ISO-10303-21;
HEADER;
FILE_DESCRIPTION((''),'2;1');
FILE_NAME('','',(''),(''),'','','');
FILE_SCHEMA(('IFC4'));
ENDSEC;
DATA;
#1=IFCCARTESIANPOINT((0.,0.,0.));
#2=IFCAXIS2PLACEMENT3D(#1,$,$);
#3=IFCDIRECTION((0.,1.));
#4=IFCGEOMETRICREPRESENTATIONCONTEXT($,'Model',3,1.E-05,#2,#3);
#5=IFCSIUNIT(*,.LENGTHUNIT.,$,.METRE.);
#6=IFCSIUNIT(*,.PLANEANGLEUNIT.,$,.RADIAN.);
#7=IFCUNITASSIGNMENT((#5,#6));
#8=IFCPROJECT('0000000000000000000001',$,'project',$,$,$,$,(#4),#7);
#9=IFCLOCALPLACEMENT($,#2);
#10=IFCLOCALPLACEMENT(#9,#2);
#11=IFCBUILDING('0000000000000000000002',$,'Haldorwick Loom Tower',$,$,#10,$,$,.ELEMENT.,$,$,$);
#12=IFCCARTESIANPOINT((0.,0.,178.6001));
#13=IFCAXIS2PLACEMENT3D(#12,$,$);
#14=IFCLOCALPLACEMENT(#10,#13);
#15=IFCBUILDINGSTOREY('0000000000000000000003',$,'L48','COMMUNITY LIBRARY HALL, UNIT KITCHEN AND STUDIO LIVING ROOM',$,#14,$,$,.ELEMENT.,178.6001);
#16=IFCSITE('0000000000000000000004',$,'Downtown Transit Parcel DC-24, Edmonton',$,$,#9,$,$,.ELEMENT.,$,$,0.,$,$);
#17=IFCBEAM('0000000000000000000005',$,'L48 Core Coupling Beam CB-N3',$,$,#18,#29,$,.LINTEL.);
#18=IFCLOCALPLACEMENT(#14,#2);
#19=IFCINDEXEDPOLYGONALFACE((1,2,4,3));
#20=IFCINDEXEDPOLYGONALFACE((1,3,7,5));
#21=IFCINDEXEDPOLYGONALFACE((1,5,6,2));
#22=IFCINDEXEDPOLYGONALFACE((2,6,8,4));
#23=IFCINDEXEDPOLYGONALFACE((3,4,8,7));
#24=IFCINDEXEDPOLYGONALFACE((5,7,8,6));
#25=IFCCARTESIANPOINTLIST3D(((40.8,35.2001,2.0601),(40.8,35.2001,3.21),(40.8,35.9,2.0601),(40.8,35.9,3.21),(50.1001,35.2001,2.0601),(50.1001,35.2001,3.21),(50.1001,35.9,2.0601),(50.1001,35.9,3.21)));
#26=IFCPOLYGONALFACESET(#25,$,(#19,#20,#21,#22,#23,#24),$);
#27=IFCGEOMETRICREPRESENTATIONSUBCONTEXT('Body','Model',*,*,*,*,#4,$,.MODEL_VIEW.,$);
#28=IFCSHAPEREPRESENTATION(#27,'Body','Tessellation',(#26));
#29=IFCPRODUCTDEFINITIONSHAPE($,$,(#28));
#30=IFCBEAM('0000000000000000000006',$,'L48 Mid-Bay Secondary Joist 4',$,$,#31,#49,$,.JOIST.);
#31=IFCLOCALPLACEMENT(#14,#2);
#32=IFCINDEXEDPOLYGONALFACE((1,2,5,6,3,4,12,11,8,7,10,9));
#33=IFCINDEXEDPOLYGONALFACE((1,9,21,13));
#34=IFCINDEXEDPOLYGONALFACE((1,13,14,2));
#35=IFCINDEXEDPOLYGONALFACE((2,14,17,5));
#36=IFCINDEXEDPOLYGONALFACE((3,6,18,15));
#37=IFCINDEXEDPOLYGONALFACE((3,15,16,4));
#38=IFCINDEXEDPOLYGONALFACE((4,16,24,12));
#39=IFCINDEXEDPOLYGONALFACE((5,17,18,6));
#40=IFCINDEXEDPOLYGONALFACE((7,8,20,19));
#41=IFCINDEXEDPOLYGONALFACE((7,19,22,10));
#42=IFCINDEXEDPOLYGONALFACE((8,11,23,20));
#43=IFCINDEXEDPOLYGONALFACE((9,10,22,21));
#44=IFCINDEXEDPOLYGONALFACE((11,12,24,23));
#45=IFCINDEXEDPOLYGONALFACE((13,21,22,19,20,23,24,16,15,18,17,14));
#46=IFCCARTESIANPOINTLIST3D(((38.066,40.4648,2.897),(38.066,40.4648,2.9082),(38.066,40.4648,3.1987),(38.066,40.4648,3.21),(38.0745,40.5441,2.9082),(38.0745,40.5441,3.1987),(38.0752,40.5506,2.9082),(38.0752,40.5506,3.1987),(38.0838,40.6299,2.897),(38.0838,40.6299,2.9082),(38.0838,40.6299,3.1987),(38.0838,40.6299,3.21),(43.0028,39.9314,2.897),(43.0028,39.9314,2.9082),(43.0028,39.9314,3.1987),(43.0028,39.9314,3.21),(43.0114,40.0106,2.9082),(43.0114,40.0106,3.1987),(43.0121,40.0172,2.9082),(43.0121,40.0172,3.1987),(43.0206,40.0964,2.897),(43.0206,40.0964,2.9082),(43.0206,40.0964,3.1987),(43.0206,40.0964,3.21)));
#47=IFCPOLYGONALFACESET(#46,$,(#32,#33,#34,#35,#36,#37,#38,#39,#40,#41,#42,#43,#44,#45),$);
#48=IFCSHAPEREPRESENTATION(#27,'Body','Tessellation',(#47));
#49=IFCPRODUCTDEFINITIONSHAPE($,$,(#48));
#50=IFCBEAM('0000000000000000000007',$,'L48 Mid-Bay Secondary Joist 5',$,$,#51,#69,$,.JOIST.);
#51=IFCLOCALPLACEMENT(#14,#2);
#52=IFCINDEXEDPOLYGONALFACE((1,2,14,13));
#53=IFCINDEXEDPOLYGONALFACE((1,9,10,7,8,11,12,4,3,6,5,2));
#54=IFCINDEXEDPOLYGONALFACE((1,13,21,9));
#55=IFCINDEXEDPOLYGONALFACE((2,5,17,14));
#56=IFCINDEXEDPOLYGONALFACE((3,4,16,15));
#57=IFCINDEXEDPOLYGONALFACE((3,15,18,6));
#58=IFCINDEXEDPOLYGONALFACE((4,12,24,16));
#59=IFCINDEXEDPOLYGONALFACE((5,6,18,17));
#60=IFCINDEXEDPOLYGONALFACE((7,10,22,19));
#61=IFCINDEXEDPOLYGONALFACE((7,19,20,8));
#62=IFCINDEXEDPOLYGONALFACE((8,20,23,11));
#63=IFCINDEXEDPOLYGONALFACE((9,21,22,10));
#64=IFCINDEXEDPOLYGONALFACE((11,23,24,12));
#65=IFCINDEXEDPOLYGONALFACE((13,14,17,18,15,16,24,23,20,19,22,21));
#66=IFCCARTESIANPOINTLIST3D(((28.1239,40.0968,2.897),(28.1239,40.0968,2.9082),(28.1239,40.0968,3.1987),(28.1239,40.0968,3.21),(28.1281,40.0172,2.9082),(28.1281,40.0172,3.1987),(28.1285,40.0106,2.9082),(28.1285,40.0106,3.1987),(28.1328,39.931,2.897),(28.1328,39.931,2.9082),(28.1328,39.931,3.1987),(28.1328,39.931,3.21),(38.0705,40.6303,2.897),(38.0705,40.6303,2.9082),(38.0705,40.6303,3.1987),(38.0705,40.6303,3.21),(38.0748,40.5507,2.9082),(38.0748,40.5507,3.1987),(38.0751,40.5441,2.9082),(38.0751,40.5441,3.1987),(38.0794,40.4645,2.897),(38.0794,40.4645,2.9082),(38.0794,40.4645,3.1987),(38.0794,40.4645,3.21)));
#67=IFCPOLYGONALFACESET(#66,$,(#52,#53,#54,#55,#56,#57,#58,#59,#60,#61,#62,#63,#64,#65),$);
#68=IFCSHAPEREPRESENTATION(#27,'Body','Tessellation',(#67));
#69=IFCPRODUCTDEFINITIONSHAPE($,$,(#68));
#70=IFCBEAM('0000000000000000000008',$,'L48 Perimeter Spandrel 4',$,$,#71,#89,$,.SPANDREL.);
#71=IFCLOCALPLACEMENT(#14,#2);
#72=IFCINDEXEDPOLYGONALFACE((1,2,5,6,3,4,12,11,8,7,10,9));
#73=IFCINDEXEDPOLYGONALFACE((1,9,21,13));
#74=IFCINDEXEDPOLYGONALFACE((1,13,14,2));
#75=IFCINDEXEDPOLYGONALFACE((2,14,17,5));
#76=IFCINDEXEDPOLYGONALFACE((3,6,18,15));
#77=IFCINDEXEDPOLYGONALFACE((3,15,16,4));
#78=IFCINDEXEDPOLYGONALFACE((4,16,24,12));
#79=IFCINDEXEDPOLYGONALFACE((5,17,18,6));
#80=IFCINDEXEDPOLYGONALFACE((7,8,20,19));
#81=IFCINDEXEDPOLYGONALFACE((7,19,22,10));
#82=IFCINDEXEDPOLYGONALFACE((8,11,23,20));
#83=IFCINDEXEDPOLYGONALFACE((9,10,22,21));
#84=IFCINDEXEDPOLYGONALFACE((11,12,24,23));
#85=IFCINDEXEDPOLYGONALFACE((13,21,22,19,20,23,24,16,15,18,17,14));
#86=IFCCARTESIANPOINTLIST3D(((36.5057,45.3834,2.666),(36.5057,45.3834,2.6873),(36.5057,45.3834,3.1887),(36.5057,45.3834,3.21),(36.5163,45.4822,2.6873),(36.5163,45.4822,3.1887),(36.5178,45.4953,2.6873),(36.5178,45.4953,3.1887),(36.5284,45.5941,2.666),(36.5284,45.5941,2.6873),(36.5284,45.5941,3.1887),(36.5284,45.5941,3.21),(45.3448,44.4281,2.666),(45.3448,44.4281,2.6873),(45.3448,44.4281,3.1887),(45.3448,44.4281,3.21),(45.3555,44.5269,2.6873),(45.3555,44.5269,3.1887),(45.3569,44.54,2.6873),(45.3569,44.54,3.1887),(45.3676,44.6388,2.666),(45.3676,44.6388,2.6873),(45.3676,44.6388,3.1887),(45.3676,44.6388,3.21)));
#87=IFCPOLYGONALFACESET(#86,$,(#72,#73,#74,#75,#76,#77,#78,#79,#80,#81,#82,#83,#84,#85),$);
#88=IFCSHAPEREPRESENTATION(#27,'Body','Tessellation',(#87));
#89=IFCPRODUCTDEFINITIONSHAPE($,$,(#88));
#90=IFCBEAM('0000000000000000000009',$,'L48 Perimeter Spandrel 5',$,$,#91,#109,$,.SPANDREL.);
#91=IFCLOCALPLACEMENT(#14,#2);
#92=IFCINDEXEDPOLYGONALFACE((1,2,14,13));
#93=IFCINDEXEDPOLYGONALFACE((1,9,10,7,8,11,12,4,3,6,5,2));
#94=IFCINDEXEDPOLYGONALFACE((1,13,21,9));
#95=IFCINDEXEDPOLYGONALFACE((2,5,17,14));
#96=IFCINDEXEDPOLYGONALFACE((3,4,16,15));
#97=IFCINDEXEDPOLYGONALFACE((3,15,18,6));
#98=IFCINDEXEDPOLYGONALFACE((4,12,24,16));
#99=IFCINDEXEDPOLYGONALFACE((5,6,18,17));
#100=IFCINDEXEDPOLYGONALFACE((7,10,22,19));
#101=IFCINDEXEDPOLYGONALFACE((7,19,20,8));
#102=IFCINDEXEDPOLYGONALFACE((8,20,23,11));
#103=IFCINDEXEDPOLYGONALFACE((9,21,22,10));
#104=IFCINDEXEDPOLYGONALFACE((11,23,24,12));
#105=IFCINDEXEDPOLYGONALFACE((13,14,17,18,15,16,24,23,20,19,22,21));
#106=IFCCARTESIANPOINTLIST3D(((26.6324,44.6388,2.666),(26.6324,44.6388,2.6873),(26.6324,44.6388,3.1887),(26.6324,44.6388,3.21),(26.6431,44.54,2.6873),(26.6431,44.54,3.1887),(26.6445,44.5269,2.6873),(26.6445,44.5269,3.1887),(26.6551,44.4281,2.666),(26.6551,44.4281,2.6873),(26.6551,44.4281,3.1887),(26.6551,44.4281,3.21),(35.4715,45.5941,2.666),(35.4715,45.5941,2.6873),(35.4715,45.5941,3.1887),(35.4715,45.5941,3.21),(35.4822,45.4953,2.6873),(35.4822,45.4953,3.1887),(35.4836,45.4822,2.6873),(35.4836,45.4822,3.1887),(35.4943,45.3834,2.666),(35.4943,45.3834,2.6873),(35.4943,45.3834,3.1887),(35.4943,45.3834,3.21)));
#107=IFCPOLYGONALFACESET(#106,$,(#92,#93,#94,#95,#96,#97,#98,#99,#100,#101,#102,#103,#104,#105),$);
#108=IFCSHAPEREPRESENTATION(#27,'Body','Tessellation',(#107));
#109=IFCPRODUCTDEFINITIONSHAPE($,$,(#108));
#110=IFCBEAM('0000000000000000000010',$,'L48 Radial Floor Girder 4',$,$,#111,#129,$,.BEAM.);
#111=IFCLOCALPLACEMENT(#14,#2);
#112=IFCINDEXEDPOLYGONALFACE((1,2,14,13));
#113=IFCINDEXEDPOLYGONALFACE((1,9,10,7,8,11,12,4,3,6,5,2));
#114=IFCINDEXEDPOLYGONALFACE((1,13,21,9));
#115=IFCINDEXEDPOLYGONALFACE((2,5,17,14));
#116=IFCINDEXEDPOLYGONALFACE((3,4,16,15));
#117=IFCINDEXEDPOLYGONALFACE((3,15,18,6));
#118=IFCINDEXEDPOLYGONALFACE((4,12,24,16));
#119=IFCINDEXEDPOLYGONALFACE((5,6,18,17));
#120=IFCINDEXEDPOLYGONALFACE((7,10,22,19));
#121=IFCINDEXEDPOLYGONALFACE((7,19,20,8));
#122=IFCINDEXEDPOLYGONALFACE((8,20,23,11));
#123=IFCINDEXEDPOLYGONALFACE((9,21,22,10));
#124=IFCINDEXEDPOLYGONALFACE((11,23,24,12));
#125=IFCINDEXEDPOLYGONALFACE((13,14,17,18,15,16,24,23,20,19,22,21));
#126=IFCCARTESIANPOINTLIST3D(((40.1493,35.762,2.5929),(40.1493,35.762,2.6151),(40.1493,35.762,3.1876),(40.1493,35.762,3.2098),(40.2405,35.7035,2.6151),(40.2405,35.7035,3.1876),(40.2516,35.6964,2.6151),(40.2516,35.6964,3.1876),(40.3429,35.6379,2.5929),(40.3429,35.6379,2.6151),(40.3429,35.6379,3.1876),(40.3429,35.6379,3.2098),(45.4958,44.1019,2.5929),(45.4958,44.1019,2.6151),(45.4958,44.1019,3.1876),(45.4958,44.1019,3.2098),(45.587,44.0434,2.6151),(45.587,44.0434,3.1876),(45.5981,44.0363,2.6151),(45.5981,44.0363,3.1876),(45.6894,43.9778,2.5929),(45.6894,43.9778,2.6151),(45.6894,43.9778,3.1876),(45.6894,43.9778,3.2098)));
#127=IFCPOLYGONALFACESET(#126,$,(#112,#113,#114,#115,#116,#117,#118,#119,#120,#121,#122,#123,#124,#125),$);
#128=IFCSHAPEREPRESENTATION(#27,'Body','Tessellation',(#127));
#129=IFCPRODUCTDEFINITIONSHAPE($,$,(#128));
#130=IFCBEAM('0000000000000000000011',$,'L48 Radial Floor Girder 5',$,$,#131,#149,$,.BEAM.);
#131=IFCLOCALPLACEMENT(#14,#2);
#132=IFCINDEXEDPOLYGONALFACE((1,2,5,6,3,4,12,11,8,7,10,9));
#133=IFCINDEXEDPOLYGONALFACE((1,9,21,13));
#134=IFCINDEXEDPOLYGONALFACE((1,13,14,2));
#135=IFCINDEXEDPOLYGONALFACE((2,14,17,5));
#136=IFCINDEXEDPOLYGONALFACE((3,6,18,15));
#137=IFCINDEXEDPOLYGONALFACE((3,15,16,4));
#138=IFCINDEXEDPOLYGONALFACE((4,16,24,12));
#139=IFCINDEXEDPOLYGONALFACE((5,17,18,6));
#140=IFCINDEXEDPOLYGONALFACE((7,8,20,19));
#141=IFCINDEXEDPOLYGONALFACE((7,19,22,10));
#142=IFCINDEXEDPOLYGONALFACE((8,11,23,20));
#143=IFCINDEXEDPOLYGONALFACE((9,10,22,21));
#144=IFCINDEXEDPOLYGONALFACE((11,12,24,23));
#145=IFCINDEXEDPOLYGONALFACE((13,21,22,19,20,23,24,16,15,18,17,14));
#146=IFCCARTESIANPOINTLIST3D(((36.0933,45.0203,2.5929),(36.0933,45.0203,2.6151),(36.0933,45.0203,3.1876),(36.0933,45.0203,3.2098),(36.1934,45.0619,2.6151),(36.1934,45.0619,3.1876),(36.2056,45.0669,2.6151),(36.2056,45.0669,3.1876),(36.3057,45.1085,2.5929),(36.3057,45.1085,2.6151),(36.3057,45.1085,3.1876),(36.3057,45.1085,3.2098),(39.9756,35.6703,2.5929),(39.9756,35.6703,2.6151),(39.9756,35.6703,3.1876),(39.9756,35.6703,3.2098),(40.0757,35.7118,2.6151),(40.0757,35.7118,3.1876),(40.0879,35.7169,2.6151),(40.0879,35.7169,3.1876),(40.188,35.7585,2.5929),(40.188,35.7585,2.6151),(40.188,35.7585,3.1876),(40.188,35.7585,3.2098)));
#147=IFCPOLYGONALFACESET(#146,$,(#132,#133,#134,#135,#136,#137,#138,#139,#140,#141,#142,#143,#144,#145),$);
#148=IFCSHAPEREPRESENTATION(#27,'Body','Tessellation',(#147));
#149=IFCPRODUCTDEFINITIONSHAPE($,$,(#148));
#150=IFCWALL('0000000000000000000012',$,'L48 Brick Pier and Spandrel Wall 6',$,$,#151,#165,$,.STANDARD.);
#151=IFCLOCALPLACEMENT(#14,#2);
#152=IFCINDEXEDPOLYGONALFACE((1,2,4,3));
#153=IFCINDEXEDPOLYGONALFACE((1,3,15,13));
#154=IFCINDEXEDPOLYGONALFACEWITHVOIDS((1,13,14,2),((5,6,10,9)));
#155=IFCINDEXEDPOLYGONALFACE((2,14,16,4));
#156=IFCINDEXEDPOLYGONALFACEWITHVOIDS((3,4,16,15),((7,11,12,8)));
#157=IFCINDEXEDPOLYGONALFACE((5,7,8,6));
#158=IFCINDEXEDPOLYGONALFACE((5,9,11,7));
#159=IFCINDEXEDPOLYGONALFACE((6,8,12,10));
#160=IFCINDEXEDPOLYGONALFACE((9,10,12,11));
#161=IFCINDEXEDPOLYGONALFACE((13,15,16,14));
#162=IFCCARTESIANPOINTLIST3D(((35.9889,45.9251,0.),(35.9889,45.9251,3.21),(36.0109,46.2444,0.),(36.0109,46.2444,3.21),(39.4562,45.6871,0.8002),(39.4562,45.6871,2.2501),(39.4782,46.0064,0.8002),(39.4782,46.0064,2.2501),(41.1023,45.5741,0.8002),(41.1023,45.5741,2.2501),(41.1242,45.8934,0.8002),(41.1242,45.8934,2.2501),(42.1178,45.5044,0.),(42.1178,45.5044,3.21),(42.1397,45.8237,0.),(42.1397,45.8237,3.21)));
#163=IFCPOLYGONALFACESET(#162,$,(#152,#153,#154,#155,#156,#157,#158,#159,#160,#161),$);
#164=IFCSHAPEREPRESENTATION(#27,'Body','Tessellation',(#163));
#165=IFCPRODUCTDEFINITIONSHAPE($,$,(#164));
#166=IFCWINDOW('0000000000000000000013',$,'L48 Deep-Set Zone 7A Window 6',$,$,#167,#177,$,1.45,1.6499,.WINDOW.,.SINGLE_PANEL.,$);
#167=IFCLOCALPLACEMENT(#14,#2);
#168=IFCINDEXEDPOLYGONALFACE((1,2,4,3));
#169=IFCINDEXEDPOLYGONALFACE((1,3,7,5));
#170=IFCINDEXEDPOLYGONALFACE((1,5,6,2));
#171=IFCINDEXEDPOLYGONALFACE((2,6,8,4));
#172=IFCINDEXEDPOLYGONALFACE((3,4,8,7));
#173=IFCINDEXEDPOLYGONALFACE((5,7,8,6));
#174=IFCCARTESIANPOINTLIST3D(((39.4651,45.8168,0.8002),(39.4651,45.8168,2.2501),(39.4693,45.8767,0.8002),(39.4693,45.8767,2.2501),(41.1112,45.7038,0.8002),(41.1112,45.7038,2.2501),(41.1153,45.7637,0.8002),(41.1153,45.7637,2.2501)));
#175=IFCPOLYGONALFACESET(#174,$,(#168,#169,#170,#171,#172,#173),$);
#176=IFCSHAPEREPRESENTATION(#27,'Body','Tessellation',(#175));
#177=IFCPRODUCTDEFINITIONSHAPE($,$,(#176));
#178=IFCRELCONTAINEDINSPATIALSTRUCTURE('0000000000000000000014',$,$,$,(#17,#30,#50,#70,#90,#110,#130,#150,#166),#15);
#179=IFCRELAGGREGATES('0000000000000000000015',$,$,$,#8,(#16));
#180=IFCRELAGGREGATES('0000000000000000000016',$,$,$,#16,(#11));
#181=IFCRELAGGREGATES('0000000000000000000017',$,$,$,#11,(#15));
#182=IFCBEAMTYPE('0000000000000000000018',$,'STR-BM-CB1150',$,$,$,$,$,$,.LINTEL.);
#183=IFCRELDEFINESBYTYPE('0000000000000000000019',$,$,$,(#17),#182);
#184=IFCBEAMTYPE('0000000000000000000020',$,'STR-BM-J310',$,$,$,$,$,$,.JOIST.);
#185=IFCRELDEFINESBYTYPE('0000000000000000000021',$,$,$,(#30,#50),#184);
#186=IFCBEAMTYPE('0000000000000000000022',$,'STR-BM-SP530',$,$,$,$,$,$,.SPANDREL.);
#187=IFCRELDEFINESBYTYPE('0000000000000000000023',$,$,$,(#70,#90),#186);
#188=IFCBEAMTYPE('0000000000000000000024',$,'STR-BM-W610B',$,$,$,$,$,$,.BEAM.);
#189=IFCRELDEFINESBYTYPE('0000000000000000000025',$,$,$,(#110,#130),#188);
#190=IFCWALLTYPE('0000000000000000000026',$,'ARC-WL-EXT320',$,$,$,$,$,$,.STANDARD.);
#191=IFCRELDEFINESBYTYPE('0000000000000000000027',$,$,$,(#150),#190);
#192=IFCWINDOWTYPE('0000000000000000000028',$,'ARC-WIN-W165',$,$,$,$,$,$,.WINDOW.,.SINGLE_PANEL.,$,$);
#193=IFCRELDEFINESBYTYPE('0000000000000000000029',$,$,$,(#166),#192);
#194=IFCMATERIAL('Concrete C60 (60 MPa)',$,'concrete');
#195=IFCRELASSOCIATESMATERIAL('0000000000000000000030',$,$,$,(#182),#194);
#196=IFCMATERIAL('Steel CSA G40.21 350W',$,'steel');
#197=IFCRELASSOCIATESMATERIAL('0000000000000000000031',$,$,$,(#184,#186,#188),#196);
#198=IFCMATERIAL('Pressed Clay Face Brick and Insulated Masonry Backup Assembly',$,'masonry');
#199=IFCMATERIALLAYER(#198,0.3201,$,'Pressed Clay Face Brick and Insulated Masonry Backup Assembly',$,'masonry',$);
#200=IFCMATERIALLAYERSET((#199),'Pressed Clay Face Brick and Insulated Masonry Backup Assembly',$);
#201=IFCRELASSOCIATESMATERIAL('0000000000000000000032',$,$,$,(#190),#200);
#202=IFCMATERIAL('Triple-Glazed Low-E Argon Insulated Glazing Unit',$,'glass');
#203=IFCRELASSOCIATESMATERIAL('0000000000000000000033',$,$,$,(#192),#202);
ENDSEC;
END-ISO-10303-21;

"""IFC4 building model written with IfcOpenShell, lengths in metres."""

from ifc_helpers import new_model, si_unit, direction, frame, frame_2d, origin, origin_2d, place, context, subcontext, project, spatial, rectangle, i_section, extrude, material, layer, layer_set, material_profile, profile_set, type_object, element, fill, save


model = new_model("IFC4")

# Units and contexts
model_context = context("Model", 3, precision=1e-05, world=origin(), true_north=direction((0.0, 1.0)))
body_context = subcontext(model_context, "Body", "Model", "MODEL_VIEW")
ifc_project = project(units=[si_unit("LENGTHUNIT", "METRE"), si_unit("PLANEANGLEUNIT", "RADIAN")], contexts=[model_context])

# Site, building, storey
site_placement = place(None, origin())
site = spatial("IfcSite", under=ifc_project, at=site_placement, Name="Downtown Transit Parcel DC-24, Edmonton", CompositionType="ELEMENT", RefElevation=0.0)
building_placement = place(site_placement, origin())
building = spatial("IfcBuilding", under=site, at=building_placement, Name="Haldorwick Loom Tower", CompositionType="ELEMENT")
storey_placement = place(building_placement, frame((0.0, 0.0, 178.6001)))
storey = spatial("IfcBuildingStorey", under=building, at=storey_placement, Name="L48", Description="COMMUNITY LIBRARY HALL, UNIT KITCHEN AND STUDIO LIVING ROOM", CompositionType="ELEMENT", Elevation=178.6001)

# Shared definitions
ifc_material_1 = material(Name="Concrete C60 (60 MPa)", Category="concrete")
ifc_material_2 = material(Name="Steel CSA G40.21 350W", Category="steel")

# Beams
ifc_material_profile_1 = material_profile(ifc_material_1, rectangle(XDim=0.7, YDim=1.1499, at=origin_2d()), Name="RC700X1150", Category="concrete")
ifc_profile_set_1 = profile_set([ifc_material_profile_1], Name="Concrete C60 (60 MPa)")
beam_type_1 = type_object("IfcBeamType", Name="STR-BM-CB1150", PredefinedType="LINTEL", material=ifc_profile_set_1)
beam_1_placement = place(storey_placement, frame((40.8, 35.55, 2.635), z_axis=(1.0, 0.0, 0.0), x_axis=(0.0, 1.0, 0.0)))
element("IfcBeam", 1, at=beam_1_placement, inside=storey, type_object=beam_type_1, Name="L48 Core Coupling Beam CB-N3", PredefinedType="LINTEL", context=body_context, shape_type="SweptSolid", body=[
    extrude(rectangle(XDim=0.7, YDim=1.1499, at=origin_2d()), origin(), (0.0, 0.0, 1.0), 9.3),
])
ifc_material_profile_2 = material_profile(ifc_material_2, i_section(OverallWidth=0.166, OverallDepth=0.313, WebThickness=0.0066, FlangeThickness=0.0112, at=origin_2d()), Name="W310X45", Category="steel")
ifc_profile_set_2 = profile_set([ifc_material_profile_2], Name="Steel CSA G40.21 350W")
beam_type_2 = type_object("IfcBeamType", Name="STR-BM-J310", PredefinedType="JOIST", material=ifc_profile_set_2)
beam_2_placement = place(storey_placement, frame((43.0117, 40.0139, 3.0535), z_axis=(-0.994213, 0.107431, 0.0), x_axis=(-0.107431, -0.994213, 0.0)))
element("IfcBeam", 2, at=beam_2_placement, inside=storey, type_object=beam_type_2, Name="L48 Mid-Bay Secondary Joist 4", PredefinedType="JOIST", context=body_context, shape_type="SweptSolid", body=[
    extrude(i_section(OverallWidth=0.166, OverallDepth=0.313, WebThickness=0.0066, FlangeThickness=0.0112, at=origin_2d()), origin(), (0.0, 0.0, 1.0), 4.9656),
])
beam_3_placement = place(storey_placement, frame((38.075, 40.5474, 3.0535), z_axis=(-0.998565, -0.053555, 0.0), x_axis=(0.053555, -0.998565, 0.0)))
element("IfcBeam", 3, at=beam_3_placement, inside=storey, type_object=beam_type_2, Name="L48 Mid-Bay Secondary Joist 5", PredefinedType="JOIST", context=body_context, shape_type="SweptSolid", body=[
    extrude(i_section(OverallWidth=0.166, OverallDepth=0.313, WebThickness=0.0066, FlangeThickness=0.0112, at=origin_2d()), origin(), (0.0, 0.0, 1.0), 9.9609),
])
ifc_material_profile_3 = material_profile(ifc_material_2, i_section(OverallWidth=0.2119, OverallDepth=0.5439, WebThickness=0.0132, FlangeThickness=0.0212, at=origin_2d()), Name="W530X123", Category="steel")
ifc_profile_set_3 = profile_set([ifc_material_profile_3], Name="Steel CSA G40.21 350W")
beam_type_3 = type_object("IfcBeamType", Name="STR-BM-SP530", PredefinedType="SPANDREL", material=ifc_profile_set_3)
for number, where, z_axis, x_axis, name in (
    (4, (45.3562, 44.5334, 2.938), (-0.99421, 0.107453, 0.0), (-0.107453, -0.99421, 0.0), "L48 Perimeter Spandrel 4"),
    (5, (35.4829, 45.4888, 2.938), (-0.99421, -0.107453, 0.0), (0.107453, -0.99421, 0.0), "L48 Perimeter Spandrel 5"),
):
    element("IfcBeam", number, at=place(storey_placement, frame(where, z_axis=z_axis, x_axis=x_axis)), inside=storey, type_object=beam_type_3, Name=name, PredefinedType="SPANDREL", context=body_context, shape_type="SweptSolid", body=[
        extrude(i_section(OverallWidth=0.2119, OverallDepth=0.5439, WebThickness=0.0132, FlangeThickness=0.0212, at=origin_2d()), origin(), (0.0, 0.0, 1.0), 8.8906),
    ])
ifc_material_profile_4 = material_profile(ifc_material_2, i_section(OverallWidth=0.23, OverallDepth=0.6169, WebThickness=0.0132, FlangeThickness=0.0222, at=origin_2d()), Name="W610X140", Category="steel")
ifc_profile_set_4 = profile_set([ifc_material_profile_4], Name="Steel CSA G40.21 350W")
beam_type_4 = type_object("IfcBeamType", Name="STR-BM-W610B", PredefinedType="BEAM", material=ifc_profile_set_4)
beam_4_placement = place(storey_placement, frame((40.2461, 35.7, 2.9014), z_axis=(0.539693, 0.841862, 0.0), x_axis=(-0.841862, 0.539693, 0.0)))
element("IfcBeam", 6, at=beam_4_placement, inside=storey, type_object=beam_type_4, Name="L48 Radial Floor Girder 4", PredefinedType="BEAM", context=body_context, shape_type="SweptSolid", body=[
    extrude(i_section(OverallWidth=0.23, OverallDepth=0.6169, WebThickness=0.0132, FlangeThickness=0.0222, at=origin_2d()), origin(), (0.0, 0.0, 1.0), 9.9065),
])
beam_5_placement = place(storey_placement, frame((40.0818, 35.7144, 2.9014), z_axis=(-0.383475, 0.923551, 0.0), x_axis=(-0.923551, -0.383475, 0.0)))
element("IfcBeam", 7, at=beam_5_placement, inside=storey, type_object=beam_type_4, Name="L48 Radial Floor Girder 5", PredefinedType="BEAM", context=body_context, shape_type="SweptSolid", body=[
    extrude(i_section(OverallWidth=0.23, OverallDepth=0.6169, WebThickness=0.0132, FlangeThickness=0.0222, at=origin_2d()), origin(), (0.0, 0.0, 1.0), 10.124),
])

# Wall, opening, window
ifc_material_3 = material(Name="Pressed Clay Face Brick and Insulated Masonry Backup Assembly", Category="masonry")
ifc_layer_1 = layer(ifc_material_3, 0.3201, Name="Pressed Clay Face Brick and Insulated Masonry Backup Assembly", Category="masonry")
ifc_layer_set_1 = layer_set([ifc_layer_1], Name="Pressed Clay Face Brick and Insulated Masonry Backup Assembly")
wall_type_1 = type_object("IfcWallType", Name="ARC-WL-EXT320", PredefinedType="STANDARD", material=ifc_layer_set_1)
wall_1_placement = place(storey_placement, frame((42.1289, 45.6641, 0.0), z_axis=(0.0, 0.0, 1.0), x_axis=(-0.997653, 0.068473, 0.0)))
wall_1 = element("IfcWall", 8, at=wall_1_placement, inside=storey, type_object=wall_type_1, Name="L48 Brick Pier and Spandrel Wall 6", PredefinedType="STANDARD", context=body_context, shape_type="SweptSolid", body=[
    extrude(rectangle(XDim=6.1433, YDim=0.3201, at=frame_2d((3.0718, 0.0))), origin(), (0.0, 0.0, 1.0), 3.21),
])
opening_1_placement = place(wall_1_placement, frame((1.0181, 0.0, 0.8)))
opening_1 = element("IfcOpeningElement", 9, at=opening_1_placement, cuts=wall_1, PredefinedType="OPENING", context=body_context, shape_type="SweptSolid", body=[
    extrude(rectangle(XDim=1.6499, YDim=1.45, at=frame_2d((0.825, 0.7251))), frame((0.0, 0.1699, 0.0), z_axis=(0.0, -1.0, 0.0), x_axis=(1.0, 0.0, 0.0)), (0.0, 0.0, 1.0), 0.3401),
])
ifc_material_4 = material(Name="Triple-Glazed Low-E Argon Insulated Glazing Unit", Category="glass")
window_type = type_object("IfcWindowType", Name="ARC-WIN-W165", PartitioningType="SINGLE_PANEL", PredefinedType="WINDOW", material=ifc_material_4)
window_1_placement = place(opening_1_placement, origin())
window_1 = element("IfcWindow", 10, at=window_1_placement, inside=storey, type_object=window_type, Name="L48 Deep-Set Zone 7A Window 6", OverallHeight=1.45, OverallWidth=1.6499, PartitioningType="SINGLE_PANEL", PredefinedType="WINDOW", context=body_context, shape_type="SweptSolid", body=[
    extrude(rectangle(XDim=1.6499, YDim=1.45, at=frame_2d((0.825, 0.7251))), frame((0.0, 0.03, 0.0), z_axis=(0.0, -1.0, 0.0), x_axis=(1.0, 0.0, 0.0)), (0.0, 0.0, 1.0), 0.0601),
])
fill(opening_1, window_1)

save(model, "model.ifc")
